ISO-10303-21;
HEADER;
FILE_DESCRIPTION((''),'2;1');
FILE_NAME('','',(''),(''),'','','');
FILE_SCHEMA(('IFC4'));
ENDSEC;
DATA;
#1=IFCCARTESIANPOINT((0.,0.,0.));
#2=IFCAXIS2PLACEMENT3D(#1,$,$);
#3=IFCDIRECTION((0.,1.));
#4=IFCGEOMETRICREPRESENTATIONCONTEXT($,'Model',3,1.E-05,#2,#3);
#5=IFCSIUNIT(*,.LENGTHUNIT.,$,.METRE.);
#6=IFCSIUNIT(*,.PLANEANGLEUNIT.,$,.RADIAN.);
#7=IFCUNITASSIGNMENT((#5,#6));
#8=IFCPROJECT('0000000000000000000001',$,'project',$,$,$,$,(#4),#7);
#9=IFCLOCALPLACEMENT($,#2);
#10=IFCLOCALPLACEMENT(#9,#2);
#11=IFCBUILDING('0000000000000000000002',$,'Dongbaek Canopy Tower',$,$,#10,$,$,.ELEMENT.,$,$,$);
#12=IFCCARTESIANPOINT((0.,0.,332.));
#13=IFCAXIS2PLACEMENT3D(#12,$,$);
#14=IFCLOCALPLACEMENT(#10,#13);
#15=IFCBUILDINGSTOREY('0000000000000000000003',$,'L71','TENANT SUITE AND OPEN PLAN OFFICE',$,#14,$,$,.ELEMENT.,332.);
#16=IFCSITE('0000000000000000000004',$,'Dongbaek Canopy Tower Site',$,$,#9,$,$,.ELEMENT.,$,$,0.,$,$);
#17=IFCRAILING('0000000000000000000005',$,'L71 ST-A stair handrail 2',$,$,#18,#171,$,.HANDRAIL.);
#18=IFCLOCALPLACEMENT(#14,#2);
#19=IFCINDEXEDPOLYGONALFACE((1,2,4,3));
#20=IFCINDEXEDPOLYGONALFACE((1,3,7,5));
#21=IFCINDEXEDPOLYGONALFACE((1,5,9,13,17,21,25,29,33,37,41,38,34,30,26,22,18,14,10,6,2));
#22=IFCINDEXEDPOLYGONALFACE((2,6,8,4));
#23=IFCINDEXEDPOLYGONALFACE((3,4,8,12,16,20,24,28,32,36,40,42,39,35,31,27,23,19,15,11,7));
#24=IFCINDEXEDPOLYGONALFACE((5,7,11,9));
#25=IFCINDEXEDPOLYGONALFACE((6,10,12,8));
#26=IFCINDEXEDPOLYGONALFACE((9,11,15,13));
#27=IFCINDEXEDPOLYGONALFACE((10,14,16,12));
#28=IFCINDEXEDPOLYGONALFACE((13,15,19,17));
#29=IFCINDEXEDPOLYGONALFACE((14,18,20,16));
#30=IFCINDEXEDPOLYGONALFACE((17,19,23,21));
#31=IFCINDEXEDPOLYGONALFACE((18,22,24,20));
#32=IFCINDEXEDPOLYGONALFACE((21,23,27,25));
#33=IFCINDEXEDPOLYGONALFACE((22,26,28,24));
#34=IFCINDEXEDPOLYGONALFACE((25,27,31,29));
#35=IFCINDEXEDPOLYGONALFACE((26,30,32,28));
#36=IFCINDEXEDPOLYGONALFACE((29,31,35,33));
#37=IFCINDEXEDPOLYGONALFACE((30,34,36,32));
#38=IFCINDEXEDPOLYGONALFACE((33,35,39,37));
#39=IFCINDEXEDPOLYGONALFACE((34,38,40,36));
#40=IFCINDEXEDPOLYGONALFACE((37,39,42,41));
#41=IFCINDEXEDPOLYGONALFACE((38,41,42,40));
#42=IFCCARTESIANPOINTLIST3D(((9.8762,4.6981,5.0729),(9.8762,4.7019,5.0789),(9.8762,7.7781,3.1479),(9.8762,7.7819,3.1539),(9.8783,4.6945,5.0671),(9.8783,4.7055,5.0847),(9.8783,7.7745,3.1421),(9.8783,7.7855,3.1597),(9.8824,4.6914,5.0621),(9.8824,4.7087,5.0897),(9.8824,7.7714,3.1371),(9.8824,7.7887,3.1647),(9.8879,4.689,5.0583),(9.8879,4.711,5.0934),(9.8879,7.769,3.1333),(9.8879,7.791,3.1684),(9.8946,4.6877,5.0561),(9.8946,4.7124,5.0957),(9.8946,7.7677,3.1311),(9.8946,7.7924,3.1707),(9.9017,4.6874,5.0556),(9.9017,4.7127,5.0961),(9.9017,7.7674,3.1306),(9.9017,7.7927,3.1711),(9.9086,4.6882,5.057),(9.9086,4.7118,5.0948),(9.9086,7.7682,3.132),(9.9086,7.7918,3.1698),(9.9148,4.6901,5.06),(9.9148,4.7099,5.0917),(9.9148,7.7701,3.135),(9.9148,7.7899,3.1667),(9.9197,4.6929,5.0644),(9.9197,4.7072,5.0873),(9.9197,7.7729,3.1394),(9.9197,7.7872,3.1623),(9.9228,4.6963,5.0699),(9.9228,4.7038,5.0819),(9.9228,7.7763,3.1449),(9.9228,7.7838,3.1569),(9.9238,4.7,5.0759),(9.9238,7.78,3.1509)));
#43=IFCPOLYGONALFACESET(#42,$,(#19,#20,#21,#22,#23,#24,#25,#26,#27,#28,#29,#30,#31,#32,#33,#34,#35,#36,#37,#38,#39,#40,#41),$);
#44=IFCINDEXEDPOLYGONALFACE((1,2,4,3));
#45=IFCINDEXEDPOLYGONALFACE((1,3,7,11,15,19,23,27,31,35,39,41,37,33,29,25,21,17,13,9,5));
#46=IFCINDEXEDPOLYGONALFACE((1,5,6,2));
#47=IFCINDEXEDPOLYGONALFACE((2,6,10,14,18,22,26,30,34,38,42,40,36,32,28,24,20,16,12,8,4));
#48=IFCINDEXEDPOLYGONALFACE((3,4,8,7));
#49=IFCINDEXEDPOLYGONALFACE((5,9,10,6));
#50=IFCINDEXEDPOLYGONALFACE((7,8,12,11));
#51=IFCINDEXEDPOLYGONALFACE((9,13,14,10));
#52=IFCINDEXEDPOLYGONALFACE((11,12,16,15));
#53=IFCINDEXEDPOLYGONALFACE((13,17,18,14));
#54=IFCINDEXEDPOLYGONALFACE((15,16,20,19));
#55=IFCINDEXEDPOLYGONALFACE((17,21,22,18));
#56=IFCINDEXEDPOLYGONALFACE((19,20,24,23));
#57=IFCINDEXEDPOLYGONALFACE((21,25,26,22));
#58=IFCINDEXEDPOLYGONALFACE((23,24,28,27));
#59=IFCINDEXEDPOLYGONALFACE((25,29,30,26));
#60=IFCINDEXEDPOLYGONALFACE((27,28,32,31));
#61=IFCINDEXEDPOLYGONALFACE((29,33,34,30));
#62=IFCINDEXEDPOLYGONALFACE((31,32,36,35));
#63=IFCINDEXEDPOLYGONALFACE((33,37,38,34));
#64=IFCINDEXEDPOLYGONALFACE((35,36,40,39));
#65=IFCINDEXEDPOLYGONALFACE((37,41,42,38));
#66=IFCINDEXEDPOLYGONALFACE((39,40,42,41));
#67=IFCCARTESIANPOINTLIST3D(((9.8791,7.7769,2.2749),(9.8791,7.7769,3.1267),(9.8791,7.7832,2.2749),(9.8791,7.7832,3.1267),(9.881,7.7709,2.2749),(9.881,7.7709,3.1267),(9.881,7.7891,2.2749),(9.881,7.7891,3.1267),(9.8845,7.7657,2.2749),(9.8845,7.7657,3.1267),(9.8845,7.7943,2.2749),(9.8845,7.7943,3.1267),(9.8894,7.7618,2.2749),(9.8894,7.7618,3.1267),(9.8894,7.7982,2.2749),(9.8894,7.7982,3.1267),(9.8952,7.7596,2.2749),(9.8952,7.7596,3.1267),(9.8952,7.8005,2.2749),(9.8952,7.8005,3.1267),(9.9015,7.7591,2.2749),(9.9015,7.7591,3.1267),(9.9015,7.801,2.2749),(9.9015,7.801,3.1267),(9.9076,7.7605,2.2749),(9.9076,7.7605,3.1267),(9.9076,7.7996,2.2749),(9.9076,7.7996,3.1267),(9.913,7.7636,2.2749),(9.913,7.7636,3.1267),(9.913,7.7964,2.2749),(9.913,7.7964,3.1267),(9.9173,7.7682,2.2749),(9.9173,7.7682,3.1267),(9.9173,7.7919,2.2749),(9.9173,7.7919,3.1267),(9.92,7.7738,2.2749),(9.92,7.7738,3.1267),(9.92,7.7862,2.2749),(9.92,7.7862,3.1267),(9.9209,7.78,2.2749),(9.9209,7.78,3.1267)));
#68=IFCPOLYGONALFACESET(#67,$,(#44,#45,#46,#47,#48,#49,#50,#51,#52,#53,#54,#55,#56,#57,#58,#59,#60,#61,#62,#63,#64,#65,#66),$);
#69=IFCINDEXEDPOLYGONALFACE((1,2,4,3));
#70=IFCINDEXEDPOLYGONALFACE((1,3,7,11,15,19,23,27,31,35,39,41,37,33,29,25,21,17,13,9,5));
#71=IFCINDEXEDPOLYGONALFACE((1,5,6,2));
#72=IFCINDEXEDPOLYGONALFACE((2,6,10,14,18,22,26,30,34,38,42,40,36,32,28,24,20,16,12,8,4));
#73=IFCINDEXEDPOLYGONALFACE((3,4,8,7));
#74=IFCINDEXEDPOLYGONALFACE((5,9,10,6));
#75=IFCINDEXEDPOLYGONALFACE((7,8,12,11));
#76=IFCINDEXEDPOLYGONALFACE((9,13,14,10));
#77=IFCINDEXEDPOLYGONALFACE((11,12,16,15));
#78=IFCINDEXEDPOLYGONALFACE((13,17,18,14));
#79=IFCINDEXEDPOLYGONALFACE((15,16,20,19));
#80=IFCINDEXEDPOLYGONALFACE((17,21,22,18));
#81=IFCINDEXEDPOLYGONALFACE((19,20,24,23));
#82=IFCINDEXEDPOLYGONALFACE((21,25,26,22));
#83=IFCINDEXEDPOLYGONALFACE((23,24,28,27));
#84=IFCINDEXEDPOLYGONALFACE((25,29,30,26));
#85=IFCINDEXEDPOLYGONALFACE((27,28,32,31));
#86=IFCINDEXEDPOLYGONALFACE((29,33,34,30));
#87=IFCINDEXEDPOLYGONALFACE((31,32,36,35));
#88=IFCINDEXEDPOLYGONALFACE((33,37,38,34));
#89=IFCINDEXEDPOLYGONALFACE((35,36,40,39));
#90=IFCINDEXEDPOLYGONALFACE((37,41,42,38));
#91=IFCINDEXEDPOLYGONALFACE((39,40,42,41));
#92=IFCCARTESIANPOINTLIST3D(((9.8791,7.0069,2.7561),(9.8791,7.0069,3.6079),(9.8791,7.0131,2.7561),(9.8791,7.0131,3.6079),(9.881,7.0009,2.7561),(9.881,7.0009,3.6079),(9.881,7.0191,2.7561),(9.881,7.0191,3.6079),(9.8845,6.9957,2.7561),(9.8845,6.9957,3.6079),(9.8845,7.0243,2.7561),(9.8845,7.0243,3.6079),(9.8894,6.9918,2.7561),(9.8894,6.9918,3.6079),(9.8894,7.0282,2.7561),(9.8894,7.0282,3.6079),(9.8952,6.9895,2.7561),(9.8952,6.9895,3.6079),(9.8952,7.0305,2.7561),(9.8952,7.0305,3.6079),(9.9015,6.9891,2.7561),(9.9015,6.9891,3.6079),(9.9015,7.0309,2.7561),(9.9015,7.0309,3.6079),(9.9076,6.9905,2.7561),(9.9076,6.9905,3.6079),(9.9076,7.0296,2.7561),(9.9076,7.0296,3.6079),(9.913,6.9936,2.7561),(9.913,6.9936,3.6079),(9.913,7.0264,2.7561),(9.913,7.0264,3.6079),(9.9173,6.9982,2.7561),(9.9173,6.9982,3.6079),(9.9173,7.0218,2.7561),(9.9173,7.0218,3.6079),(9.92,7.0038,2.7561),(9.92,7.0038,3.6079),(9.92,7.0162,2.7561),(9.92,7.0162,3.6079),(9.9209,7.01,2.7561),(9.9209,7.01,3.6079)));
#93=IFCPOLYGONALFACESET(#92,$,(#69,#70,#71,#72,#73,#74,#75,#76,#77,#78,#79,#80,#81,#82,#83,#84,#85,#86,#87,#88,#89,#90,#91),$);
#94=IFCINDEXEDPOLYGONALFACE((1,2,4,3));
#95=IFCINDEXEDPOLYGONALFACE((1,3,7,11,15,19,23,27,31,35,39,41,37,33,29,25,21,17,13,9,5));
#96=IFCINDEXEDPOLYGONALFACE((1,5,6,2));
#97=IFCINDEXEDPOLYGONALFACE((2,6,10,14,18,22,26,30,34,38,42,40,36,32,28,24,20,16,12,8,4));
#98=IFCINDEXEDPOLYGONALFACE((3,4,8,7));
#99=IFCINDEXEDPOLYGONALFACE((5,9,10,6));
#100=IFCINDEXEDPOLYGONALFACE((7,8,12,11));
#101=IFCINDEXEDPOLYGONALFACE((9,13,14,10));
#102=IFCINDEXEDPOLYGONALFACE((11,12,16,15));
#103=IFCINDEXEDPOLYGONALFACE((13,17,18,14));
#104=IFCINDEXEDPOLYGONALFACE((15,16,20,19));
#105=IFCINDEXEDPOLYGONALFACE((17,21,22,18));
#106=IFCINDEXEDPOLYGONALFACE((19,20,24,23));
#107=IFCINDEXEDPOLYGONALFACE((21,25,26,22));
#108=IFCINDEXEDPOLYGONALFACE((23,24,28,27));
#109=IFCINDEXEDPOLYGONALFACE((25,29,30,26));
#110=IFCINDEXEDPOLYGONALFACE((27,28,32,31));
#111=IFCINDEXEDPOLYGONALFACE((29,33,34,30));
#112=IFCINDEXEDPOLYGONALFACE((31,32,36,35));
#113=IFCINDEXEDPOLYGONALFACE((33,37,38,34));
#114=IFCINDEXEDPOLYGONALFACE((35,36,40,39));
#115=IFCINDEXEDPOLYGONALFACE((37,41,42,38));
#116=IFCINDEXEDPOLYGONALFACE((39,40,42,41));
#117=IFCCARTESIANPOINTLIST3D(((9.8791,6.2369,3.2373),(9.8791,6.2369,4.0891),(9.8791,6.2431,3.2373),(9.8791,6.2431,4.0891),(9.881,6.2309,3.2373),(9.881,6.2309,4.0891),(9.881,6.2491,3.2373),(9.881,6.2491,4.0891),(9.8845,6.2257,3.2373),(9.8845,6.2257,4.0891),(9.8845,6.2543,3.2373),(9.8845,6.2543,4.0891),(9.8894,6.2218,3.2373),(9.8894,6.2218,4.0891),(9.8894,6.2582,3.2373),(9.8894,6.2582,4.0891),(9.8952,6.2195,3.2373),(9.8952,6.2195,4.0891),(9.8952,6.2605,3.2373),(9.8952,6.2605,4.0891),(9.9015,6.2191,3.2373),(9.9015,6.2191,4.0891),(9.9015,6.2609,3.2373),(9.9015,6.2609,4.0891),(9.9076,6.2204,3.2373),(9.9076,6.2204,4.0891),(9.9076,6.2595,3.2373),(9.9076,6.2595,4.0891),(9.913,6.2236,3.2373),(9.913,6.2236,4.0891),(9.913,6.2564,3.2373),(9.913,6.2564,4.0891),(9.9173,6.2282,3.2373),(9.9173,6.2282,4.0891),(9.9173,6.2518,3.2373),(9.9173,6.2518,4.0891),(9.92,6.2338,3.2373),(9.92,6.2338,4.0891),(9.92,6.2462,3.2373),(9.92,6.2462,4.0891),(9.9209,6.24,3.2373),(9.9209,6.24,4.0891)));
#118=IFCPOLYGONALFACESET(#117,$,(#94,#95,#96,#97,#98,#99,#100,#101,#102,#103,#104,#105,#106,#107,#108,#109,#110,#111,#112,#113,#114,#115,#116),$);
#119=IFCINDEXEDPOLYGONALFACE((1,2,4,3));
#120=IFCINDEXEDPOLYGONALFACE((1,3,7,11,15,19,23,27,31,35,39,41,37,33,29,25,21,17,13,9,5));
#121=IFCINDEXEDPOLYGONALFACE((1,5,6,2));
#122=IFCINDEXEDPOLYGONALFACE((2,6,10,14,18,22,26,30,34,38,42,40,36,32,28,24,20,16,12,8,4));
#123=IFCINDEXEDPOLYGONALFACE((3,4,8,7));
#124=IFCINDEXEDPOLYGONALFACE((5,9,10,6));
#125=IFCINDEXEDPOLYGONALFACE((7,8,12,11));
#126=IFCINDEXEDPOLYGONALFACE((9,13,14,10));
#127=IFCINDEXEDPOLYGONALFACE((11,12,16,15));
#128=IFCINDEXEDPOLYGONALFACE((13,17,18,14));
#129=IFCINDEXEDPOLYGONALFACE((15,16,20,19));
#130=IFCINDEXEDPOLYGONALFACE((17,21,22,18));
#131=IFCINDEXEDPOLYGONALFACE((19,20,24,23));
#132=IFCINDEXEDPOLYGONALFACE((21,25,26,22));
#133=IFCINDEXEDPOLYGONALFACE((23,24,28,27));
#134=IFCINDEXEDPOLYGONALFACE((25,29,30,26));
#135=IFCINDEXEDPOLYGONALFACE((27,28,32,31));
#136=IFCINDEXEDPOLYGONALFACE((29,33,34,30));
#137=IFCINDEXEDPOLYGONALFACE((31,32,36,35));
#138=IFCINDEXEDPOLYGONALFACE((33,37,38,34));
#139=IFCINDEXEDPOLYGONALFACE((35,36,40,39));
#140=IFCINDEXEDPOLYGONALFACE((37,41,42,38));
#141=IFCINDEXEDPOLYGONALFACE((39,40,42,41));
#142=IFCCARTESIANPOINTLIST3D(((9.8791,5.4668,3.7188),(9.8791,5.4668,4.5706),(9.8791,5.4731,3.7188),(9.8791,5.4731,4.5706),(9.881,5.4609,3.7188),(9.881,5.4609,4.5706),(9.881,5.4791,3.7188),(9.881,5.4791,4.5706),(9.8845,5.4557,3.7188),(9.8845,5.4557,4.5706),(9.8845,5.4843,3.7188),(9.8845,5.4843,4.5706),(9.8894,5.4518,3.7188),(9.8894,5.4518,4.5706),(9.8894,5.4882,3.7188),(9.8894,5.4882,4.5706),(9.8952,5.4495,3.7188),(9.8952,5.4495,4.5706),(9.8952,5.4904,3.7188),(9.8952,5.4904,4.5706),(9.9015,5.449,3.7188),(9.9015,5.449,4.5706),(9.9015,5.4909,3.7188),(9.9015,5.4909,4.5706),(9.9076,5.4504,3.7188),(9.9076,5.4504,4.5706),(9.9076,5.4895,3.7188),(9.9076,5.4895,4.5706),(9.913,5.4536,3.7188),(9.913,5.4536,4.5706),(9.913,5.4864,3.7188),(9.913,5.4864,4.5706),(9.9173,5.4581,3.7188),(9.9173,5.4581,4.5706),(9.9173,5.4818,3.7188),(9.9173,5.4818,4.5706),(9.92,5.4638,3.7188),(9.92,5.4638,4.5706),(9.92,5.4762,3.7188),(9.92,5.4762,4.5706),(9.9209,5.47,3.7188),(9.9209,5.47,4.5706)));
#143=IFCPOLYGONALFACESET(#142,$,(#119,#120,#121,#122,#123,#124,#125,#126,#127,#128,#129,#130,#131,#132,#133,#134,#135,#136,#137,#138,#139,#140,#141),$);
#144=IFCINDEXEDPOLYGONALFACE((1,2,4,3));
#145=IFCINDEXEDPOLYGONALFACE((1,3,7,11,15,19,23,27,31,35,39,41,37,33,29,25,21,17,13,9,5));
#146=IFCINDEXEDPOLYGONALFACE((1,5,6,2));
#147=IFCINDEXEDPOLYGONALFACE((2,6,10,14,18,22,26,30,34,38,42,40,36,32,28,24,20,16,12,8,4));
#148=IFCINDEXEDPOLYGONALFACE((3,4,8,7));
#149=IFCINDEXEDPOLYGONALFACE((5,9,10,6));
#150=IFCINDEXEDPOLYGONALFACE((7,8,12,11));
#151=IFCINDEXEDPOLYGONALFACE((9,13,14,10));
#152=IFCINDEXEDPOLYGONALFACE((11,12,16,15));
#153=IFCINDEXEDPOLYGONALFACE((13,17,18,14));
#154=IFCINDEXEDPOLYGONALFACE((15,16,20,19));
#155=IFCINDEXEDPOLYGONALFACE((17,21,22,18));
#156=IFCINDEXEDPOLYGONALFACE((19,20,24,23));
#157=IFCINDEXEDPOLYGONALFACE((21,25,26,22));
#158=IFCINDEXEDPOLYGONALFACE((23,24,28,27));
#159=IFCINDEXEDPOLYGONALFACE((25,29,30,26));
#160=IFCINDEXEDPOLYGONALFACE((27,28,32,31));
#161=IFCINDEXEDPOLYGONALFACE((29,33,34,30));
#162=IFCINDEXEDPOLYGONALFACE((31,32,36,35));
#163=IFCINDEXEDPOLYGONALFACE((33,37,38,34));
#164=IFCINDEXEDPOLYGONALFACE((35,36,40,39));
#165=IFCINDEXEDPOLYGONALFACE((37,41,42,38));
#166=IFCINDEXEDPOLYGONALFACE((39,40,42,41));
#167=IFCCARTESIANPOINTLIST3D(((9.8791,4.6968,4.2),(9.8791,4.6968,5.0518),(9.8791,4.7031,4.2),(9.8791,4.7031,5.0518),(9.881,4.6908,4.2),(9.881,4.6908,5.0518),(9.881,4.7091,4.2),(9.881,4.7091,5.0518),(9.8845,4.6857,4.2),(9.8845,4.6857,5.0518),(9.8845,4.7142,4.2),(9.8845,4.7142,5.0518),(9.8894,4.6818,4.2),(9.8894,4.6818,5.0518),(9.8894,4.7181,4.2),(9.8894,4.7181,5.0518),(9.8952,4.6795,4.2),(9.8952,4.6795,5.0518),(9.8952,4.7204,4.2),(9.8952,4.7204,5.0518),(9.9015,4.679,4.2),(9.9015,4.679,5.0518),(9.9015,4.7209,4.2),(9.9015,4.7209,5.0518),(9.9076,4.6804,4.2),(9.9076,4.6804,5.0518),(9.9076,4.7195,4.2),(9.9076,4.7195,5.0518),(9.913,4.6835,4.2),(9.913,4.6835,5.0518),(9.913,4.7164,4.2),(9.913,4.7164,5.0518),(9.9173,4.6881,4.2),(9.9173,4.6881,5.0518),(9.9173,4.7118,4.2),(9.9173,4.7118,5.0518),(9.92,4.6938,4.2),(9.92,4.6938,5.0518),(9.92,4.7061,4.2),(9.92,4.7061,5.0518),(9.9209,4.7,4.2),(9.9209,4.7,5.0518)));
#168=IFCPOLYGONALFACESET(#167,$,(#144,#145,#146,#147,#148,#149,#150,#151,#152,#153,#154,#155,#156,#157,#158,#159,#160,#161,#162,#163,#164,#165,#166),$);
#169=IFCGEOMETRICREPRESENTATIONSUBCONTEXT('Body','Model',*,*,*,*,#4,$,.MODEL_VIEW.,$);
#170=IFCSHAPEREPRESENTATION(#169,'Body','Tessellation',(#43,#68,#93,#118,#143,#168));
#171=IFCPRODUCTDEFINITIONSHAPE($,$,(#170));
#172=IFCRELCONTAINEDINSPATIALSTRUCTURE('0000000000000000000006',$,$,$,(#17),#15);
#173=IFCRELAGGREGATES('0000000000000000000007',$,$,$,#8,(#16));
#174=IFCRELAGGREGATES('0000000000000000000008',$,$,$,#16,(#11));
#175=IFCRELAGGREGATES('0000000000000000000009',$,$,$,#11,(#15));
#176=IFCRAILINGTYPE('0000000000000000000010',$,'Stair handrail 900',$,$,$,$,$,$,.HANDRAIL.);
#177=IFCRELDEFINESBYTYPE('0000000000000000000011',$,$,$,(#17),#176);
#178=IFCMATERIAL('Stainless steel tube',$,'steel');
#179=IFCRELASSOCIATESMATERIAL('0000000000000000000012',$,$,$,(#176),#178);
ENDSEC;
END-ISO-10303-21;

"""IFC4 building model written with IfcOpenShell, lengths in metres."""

from ifc_helpers import new_model, si_unit, direction, frame, origin, origin_2d, place, context, subcontext, project, spatial, circle, extrude, material, type_object, element, save


model = new_model("IFC4")

# Units and contexts
model_context = context("Model", 3, precision=1e-05, world=origin(), true_north=direction((0.0, 1.0)))
body_context = subcontext(model_context, "Body", "Model", "MODEL_VIEW")
ifc_project = project(units=[si_unit("LENGTHUNIT", "METRE"), si_unit("PLANEANGLEUNIT", "RADIAN")], contexts=[model_context])

# Site, building, storey
site_placement = place(None, origin())
site = spatial("IfcSite", under=ifc_project, at=site_placement, Name="Dongbaek Canopy Tower Site", CompositionType="ELEMENT", RefElevation=0.0)
building_placement = place(site_placement, origin())
building = spatial("IfcBuilding", under=site, at=building_placement, Name="Dongbaek Canopy Tower", CompositionType="ELEMENT")
storey_placement = place(building_placement, frame((0.0, 0.0, 332.0)))
storey = spatial("IfcBuildingStorey", under=building, at=storey_placement, Name="L71", Description="TENANT SUITE AND OPEN PLAN OFFICE", CompositionType="ELEMENT", Elevation=332.0)

# Railing
ifc_material_1 = material(Name="Stainless steel tube", Category="steel")
railing_type_1 = type_object("IfcRailingType", Name="Stair handrail 900", PredefinedType="HANDRAIL", material=ifc_material_1)
railing_1_placement = place(storey_placement, frame((9.8999, 7.78, 2.2749)))
element("IfcRailing", 1, at=railing_1_placement, inside=storey, type_object=railing_type_1, Name="L71 ST-A stair handrail 2", PredefinedType="HANDRAIL", context=body_context, shape_type="SweptSolid", body=[
    extrude(circle(Radius=0.0239, at=origin_2d()), frame((0.0, 0.0, 0.876), z_axis=(0.0, -0.847998, 0.529999), x_axis=(1.0, 0.0, 0.0)), (0.0, 0.0, 1.0), 3.6321),
    extrude(circle(Radius=0.021, at=origin_2d()), origin(), (0.0, 0.0, 1.0), 0.8518),
    extrude(circle(Radius=0.021, at=origin_2d()), frame((0.0, -0.77, 0.4812)), (0.0, 0.0, 1.0), 0.8518),
    extrude(circle(Radius=0.021, at=origin_2d()), frame((0.0, -1.54, 0.9624)), (0.0, 0.0, 1.0), 0.8518),
    extrude(circle(Radius=0.021, at=origin_2d()), frame((0.0, -2.3101, 1.4438)), (0.0, 0.0, 1.0), 0.8518),
    extrude(circle(Radius=0.021, at=origin_2d()), frame((0.0, -3.0801, 1.925)), (0.0, 0.0, 1.0), 0.8518),
])

save(model, "model.ifc")
